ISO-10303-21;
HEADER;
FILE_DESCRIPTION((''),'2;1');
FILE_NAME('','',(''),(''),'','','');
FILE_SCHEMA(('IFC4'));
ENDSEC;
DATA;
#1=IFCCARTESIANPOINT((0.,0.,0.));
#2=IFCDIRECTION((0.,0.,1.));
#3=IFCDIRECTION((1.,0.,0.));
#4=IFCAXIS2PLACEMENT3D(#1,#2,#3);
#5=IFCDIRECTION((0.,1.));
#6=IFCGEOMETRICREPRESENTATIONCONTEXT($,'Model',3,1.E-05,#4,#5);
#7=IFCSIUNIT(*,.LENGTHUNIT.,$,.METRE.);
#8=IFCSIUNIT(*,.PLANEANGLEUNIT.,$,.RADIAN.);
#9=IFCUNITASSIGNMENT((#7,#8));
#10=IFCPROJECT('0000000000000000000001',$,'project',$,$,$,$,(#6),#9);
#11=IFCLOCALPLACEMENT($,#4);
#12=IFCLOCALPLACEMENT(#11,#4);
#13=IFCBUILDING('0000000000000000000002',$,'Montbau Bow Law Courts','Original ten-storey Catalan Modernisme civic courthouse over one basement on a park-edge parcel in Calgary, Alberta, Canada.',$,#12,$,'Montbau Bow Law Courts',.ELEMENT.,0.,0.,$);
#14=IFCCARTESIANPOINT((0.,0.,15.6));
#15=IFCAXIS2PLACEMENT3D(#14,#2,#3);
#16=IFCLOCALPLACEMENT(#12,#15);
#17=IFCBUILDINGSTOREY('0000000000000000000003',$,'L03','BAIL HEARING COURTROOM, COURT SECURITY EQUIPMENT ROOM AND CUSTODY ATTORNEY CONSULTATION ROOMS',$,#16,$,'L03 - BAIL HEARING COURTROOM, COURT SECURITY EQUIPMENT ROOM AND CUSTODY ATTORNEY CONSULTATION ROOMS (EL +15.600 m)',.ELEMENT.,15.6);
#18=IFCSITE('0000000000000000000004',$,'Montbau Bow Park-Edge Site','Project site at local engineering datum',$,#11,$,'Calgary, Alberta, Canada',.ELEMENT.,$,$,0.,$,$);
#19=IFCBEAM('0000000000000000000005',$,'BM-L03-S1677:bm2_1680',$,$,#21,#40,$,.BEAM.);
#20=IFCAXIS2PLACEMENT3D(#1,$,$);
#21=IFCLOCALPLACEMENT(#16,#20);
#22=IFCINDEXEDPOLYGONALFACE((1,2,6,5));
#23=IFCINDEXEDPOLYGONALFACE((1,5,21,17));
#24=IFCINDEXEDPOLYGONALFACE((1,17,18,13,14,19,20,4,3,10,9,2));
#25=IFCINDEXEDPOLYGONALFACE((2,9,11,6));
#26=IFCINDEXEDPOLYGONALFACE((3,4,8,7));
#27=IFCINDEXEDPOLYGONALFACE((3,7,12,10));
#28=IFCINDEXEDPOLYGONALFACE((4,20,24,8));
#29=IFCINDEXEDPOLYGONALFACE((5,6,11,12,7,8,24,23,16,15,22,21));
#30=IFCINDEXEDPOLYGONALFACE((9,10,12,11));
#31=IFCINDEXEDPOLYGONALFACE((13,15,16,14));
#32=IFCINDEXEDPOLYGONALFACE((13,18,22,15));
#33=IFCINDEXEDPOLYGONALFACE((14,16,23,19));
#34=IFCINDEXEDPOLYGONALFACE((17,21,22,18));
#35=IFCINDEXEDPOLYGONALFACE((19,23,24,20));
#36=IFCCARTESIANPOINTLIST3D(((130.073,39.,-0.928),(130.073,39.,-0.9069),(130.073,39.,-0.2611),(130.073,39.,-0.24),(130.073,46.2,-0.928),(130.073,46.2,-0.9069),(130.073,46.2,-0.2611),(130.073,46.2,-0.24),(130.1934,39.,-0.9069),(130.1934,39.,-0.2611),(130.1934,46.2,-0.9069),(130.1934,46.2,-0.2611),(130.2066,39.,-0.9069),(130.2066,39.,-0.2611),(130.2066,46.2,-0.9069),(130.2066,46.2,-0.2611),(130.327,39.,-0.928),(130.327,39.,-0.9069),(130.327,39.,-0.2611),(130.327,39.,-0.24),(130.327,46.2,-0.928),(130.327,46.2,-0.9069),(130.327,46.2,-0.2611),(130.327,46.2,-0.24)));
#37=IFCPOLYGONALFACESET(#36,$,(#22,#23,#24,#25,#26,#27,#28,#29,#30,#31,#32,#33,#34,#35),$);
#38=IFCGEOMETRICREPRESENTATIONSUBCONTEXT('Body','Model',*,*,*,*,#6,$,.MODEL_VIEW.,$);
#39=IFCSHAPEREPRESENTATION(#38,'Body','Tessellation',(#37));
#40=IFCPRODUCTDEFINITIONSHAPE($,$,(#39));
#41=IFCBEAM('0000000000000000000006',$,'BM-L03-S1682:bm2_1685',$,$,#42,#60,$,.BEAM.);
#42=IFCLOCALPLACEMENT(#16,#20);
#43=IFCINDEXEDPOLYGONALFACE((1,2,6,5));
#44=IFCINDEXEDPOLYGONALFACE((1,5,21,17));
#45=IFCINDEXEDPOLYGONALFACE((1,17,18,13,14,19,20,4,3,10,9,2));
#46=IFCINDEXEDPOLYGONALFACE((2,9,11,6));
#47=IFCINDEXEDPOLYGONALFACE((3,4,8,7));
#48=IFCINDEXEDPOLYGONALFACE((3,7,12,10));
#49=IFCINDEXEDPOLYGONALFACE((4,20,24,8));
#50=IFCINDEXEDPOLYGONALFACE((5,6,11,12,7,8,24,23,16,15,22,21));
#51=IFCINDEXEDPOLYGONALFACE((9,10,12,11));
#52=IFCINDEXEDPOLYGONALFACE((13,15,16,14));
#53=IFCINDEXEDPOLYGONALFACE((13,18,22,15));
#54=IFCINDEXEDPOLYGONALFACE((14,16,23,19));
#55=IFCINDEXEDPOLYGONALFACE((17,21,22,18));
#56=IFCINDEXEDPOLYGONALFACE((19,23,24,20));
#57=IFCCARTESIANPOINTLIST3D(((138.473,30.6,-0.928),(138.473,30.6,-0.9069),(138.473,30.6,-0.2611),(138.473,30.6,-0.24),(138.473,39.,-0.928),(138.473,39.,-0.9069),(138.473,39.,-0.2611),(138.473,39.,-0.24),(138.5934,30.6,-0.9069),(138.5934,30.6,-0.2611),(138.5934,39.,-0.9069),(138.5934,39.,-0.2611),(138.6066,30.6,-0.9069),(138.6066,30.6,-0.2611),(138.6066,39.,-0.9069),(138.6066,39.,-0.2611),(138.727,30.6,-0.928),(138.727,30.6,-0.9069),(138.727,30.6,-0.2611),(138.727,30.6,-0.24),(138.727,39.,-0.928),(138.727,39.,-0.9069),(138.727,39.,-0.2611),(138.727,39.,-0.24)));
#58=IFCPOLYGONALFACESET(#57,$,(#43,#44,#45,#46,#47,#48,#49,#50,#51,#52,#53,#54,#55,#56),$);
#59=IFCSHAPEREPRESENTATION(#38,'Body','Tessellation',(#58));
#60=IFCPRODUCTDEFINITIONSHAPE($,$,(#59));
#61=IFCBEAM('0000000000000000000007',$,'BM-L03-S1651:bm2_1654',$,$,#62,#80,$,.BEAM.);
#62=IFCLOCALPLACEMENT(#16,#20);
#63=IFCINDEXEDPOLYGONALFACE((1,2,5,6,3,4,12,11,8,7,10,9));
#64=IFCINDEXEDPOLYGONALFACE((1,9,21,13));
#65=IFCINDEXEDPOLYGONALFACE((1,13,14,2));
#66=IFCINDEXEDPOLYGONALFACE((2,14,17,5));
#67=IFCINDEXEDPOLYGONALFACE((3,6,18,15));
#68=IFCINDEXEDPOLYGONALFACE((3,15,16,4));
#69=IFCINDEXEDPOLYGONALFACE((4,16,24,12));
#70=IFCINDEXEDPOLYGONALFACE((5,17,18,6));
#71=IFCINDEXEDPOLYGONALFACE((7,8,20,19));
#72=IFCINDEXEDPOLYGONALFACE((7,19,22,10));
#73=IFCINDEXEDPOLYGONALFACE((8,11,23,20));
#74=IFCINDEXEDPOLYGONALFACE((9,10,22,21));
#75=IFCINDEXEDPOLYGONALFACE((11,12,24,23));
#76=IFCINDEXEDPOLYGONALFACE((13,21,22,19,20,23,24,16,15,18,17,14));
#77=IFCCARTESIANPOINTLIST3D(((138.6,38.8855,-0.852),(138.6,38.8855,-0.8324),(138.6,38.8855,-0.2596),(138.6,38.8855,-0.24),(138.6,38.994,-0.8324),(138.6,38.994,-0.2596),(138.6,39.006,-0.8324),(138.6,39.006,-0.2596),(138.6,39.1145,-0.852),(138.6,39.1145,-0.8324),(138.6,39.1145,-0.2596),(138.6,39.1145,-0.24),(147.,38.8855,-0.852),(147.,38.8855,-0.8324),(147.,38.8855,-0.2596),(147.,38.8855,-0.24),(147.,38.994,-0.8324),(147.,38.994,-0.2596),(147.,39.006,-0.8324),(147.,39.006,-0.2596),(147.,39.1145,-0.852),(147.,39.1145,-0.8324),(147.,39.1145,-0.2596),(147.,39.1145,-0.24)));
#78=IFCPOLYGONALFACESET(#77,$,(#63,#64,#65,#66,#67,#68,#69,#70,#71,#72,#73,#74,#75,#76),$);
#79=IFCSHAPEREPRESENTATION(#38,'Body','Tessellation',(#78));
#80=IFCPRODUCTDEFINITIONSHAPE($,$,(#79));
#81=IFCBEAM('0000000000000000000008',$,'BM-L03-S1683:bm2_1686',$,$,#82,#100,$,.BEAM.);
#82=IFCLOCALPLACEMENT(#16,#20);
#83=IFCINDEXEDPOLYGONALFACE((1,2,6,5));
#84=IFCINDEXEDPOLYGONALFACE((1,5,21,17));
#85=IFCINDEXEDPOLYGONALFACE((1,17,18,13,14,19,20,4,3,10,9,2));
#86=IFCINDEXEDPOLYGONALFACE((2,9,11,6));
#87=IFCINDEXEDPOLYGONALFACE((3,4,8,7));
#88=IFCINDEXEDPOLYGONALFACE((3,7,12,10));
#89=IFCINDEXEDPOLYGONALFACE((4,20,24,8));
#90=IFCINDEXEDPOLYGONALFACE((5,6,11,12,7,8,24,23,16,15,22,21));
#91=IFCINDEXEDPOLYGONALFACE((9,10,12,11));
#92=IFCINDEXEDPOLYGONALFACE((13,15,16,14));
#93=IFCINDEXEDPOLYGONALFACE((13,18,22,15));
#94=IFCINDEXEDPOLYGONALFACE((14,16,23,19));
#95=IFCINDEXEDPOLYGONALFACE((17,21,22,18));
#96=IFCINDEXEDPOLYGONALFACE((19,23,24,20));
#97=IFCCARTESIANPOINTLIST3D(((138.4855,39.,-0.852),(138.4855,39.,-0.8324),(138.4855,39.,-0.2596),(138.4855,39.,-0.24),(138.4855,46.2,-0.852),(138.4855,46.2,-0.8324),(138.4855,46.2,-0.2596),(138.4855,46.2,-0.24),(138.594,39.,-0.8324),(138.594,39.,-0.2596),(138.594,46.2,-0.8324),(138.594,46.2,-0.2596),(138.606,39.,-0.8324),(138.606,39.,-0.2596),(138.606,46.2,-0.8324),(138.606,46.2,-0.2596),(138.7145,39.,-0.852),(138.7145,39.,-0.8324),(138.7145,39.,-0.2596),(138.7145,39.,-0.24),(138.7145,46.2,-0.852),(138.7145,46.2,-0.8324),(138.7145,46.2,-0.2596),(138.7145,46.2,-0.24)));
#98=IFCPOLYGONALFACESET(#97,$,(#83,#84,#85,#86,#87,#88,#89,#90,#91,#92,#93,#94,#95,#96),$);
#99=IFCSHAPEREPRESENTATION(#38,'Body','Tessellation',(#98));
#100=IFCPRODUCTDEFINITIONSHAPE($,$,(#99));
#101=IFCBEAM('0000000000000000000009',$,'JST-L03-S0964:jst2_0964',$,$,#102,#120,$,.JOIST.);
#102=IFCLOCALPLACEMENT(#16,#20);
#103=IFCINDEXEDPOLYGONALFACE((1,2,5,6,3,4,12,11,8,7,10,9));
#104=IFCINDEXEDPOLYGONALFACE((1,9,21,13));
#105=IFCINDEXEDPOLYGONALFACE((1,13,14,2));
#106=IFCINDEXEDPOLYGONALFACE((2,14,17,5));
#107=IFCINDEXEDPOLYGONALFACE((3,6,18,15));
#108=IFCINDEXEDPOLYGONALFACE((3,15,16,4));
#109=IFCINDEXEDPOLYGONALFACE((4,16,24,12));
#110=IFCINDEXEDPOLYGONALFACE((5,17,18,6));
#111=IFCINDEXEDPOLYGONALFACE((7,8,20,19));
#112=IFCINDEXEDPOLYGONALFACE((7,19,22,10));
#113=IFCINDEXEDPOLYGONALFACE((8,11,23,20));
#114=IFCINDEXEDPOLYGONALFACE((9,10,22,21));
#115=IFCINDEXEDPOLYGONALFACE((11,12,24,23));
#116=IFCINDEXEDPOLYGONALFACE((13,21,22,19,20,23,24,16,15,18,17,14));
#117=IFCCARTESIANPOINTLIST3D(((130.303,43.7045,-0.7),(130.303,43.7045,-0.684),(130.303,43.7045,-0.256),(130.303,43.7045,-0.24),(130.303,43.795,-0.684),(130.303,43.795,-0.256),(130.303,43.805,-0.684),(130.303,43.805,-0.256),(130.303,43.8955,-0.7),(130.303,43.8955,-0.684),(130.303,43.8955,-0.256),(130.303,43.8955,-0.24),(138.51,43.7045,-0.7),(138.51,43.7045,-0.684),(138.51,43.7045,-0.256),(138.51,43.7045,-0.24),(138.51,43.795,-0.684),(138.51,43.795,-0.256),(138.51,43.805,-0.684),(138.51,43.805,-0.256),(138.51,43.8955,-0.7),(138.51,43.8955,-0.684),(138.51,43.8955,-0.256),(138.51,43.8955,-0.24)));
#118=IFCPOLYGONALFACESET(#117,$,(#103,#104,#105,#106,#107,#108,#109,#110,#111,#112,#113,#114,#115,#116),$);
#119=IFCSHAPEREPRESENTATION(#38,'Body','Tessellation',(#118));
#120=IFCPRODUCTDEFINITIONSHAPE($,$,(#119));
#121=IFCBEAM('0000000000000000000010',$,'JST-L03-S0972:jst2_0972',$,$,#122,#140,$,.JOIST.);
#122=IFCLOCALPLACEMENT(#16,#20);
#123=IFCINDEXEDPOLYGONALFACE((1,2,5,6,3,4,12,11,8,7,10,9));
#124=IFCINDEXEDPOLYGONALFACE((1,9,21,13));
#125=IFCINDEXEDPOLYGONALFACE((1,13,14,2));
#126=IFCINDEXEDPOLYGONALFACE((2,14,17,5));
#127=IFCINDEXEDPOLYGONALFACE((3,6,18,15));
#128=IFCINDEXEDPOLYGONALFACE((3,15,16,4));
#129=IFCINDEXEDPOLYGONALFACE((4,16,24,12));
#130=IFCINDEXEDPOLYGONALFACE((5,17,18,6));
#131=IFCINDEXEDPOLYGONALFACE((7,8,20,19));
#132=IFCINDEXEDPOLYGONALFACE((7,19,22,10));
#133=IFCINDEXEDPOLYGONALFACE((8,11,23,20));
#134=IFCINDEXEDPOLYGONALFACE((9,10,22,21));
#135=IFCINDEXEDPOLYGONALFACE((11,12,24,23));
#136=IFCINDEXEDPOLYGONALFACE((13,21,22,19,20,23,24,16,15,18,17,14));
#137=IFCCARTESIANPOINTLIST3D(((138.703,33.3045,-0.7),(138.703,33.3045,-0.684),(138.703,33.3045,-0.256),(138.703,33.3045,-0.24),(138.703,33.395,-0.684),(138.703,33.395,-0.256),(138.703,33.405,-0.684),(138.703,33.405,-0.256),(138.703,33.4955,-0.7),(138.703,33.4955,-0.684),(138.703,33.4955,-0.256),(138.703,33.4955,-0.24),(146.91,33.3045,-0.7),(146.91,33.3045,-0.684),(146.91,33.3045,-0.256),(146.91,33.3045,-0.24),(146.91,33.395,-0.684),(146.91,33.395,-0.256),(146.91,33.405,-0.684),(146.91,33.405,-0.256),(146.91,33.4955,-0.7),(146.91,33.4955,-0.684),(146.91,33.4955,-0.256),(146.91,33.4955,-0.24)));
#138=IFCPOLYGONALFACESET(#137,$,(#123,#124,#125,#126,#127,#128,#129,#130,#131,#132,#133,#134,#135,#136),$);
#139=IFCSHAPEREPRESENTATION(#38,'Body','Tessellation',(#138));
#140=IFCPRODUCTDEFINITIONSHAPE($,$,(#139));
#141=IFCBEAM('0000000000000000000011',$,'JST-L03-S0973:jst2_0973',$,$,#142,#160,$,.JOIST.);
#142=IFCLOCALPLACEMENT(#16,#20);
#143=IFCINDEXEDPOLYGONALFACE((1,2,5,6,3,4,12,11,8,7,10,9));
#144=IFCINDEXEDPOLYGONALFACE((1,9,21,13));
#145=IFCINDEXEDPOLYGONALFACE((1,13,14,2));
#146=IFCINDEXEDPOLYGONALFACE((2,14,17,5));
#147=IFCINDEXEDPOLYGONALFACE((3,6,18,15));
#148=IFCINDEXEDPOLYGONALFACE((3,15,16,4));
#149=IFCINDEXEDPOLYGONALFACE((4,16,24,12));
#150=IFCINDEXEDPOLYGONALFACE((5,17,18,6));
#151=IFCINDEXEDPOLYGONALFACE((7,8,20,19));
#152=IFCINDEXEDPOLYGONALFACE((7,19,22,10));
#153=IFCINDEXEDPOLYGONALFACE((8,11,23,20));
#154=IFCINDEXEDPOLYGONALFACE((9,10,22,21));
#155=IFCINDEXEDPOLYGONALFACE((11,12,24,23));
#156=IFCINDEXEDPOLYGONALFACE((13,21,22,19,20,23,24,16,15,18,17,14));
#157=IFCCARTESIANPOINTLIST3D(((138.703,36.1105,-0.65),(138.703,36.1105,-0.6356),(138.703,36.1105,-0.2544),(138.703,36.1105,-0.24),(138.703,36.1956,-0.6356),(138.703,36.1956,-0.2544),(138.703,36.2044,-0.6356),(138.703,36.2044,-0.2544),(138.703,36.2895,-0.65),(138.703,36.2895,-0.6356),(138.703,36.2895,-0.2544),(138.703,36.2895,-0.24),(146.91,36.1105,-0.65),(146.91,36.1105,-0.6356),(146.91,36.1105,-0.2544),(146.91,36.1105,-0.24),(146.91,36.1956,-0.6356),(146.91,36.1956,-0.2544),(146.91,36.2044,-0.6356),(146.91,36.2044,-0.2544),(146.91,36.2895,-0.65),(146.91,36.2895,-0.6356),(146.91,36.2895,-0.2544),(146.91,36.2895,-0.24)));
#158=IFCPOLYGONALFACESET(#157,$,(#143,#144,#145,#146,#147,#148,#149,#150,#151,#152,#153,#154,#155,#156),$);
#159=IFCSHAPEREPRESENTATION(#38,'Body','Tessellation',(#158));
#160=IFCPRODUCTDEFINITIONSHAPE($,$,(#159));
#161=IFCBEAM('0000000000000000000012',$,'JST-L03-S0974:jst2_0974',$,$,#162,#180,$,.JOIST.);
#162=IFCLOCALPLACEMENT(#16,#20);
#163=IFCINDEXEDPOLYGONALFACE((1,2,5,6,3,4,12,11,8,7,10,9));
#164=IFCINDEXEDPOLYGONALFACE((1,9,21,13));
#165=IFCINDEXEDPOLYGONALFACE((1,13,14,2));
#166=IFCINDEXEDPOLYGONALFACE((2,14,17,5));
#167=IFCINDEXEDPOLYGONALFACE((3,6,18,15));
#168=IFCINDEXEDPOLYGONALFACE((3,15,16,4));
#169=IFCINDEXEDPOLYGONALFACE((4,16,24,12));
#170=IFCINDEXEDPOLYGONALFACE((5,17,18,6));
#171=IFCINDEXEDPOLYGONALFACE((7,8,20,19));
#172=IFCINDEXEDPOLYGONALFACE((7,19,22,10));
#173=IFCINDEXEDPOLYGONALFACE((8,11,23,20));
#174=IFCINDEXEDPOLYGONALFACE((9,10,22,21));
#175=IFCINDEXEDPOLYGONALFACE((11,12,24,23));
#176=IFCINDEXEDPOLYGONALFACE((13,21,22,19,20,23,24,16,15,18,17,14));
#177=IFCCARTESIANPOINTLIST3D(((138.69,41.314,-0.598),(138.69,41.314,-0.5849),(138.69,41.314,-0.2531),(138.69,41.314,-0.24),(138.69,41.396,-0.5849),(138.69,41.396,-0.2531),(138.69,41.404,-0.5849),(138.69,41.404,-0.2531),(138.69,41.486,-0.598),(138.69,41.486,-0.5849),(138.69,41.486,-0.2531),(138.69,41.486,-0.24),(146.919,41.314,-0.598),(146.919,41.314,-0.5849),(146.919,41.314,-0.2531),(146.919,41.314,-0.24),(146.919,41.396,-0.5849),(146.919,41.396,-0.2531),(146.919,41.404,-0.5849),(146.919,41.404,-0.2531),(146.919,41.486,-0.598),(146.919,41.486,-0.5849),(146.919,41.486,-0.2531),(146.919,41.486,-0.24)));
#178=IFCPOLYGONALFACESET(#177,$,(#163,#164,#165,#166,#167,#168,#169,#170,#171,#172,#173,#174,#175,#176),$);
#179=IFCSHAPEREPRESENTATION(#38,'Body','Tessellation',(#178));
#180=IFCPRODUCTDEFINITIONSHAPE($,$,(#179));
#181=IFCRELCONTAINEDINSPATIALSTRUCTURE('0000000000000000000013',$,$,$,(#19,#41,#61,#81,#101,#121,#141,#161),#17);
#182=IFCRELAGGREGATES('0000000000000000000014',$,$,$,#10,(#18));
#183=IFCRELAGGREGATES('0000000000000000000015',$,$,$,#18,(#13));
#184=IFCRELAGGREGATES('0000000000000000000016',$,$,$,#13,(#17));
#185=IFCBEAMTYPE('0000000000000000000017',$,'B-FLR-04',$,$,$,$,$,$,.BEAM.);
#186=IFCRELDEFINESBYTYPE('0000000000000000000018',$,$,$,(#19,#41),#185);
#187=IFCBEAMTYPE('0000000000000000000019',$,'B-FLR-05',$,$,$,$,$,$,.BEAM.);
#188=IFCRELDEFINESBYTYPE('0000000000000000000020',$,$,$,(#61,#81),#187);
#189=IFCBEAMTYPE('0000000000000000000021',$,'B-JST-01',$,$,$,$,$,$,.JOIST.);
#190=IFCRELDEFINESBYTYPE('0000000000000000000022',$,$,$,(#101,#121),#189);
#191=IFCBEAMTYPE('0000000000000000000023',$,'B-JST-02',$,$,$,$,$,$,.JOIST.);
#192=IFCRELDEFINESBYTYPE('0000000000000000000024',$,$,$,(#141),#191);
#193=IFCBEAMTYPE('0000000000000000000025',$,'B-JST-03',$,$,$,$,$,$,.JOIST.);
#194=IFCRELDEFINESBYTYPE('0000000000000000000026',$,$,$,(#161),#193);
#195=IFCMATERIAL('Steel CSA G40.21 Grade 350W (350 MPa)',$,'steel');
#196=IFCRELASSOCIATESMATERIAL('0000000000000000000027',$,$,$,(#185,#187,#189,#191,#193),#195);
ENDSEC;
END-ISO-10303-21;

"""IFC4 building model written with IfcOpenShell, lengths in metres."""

from ifc_helpers import new_model, si_unit, direction, frame, origin_with_axes, origin_2d_with_axis, place, context, subcontext, project, spatial, i_section, extrude, material, material_profile, profile_set, type_object, element, save


model = new_model("IFC4")

# Units and contexts
model_context = context("Model", 3, precision=1e-05, world=origin_with_axes(), true_north=direction((0.0, 1.0)))
body_context = subcontext(model_context, "Body", "Model", "MODEL_VIEW")
ifc_project = project(units=[si_unit("LENGTHUNIT", "METRE"), si_unit("PLANEANGLEUNIT", "RADIAN")], contexts=[model_context])

# Site, building, storey
site_placement = place(None, origin_with_axes())
site = spatial("IfcSite", under=ifc_project, at=site_placement, Name="Montbau Bow Park-Edge Site", Description="Project site at local engineering datum", LongName="Calgary, Alberta, Canada", CompositionType="ELEMENT", RefElevation=0.0)
building_placement = place(site_placement, origin_with_axes())
building = spatial("IfcBuilding", under=site, at=building_placement, Name="Montbau Bow Law Courts", Description="Original ten-storey Catalan Modernisme civic courthouse over one basement on a park-edge parcel in Calgary, Alberta, Canada.", LongName="Montbau Bow Law Courts", CompositionType="ELEMENT", ElevationOfRefHeight=0.0, ElevationOfTerrain=0.0)
storey_placement = place(building_placement, frame((0.0, 0.0, 15.6), z_axis=(0.0, 0.0, 1.0), x_axis=(1.0, 0.0, 0.0)))
storey = spatial("IfcBuildingStorey", under=building, at=storey_placement, Name="L03", Description="BAIL HEARING COURTROOM, COURT SECURITY EQUIPMENT ROOM AND CUSTODY ATTORNEY CONSULTATION ROOMS", LongName="L03 - BAIL HEARING COURTROOM, COURT SECURITY EQUIPMENT ROOM AND CUSTODY ATTORNEY CONSULTATION ROOMS (EL +15.600 m)", CompositionType="ELEMENT", Elevation=15.6)

# Shared definitions
ifc_material_1 = material(Name="Steel CSA G40.21 Grade 350W (350 MPa)", Category="steel")

# Beams
ifc_material_profile_1 = material_profile(ifc_material_1, i_section(OverallWidth=0.254, OverallDepth=0.688, WebThickness=0.0131, FlangeThickness=0.0211, at=origin_2d_with_axis()), Name="W690X152", Category="Main", Priority=0)
ifc_profile_set_1 = profile_set([ifc_material_profile_1], Name="Steel CSA G40.21 Grade 350W (350 MPa)")
beam_type_1 = type_object("IfcBeamType", Name="B-FLR-04", PredefinedType="BEAM", material=ifc_profile_set_1)
beam_1_placement = place(None, frame((130.2, 39.0, 15.016), z_axis=(0.0, 1.0, 0.0), x_axis=(-1.0, 0.0, 0.0)))
element("IfcBeam", 1, at=beam_1_placement, inside=storey, type_object=beam_type_1, Name="BM-L03-S1677:bm2_1680", PredefinedType="BEAM", context=body_context, shape_type="SweptSolid", body=[
    extrude(i_section(OverallWidth=0.254, OverallDepth=0.688, WebThickness=0.0131, FlangeThickness=0.0211, at=origin_2d_with_axis()), origin_with_axes(), (0.0, 0.0, 1.0), 7.2),
])
beam_2_placement = place(None, frame((138.6, 30.6, 15.016), z_axis=(0.0, 1.0, 0.0), x_axis=(-1.0, 0.0, 0.0)))
element("IfcBeam", 2, at=beam_2_placement, inside=storey, type_object=beam_type_1, Name="BM-L03-S1682:bm2_1685", PredefinedType="BEAM", context=body_context, shape_type="SweptSolid", body=[
    extrude(i_section(OverallWidth=0.254, OverallDepth=0.688, WebThickness=0.0131, FlangeThickness=0.0211, at=origin_2d_with_axis()), origin_with_axes(), (0.0, 0.0, 1.0), 8.4),
])
ifc_material_profile_2 = material_profile(ifc_material_1, i_section(OverallWidth=0.229, OverallDepth=0.612, WebThickness=0.0119, FlangeThickness=0.0196, at=origin_2d_with_axis()), Name="W610X125", Category="Main", Priority=0)
ifc_profile_set_2 = profile_set([ifc_material_profile_2], Name="Steel CSA G40.21 Grade 350W (350 MPa)")
beam_type_2 = type_object("IfcBeamType", Name="B-FLR-05", PredefinedType="BEAM", material=ifc_profile_set_2)
beam_3_placement = place(None, frame((138.6, 39.0, 15.054), z_axis=(1.0, 0.0, 0.0), x_axis=(0.0, 1.0, 0.0)))
element("IfcBeam", 3, at=beam_3_placement, inside=storey, type_object=beam_type_2, Name="BM-L03-S1651:bm2_1654", PredefinedType="BEAM", context=body_context, shape_type="SweptSolid", body=[
    extrude(i_section(OverallWidth=0.229, OverallDepth=0.612, WebThickness=0.0119, FlangeThickness=0.0196, at=origin_2d_with_axis()), origin_with_axes(), (0.0, 0.0, 1.0), 8.4),
])
beam_4_placement = place(None, frame((138.6, 39.0, 15.054), z_axis=(0.0, 1.0, 0.0), x_axis=(-1.0, 0.0, 0.0)))
element("IfcBeam", 4, at=beam_4_placement, inside=storey, type_object=beam_type_2, Name="BM-L03-S1683:bm2_1686", PredefinedType="BEAM", context=body_context, shape_type="SweptSolid", body=[
    extrude(i_section(OverallWidth=0.229, OverallDepth=0.612, WebThickness=0.0119, FlangeThickness=0.0196, at=origin_2d_with_axis()), origin_with_axes(), (0.0, 0.0, 1.0), 7.2),
])
ifc_material_profile_3 = material_profile(ifc_material_1, i_section(OverallWidth=0.191, OverallDepth=0.46, WebThickness=0.0099, FlangeThickness=0.016, at=origin_2d_with_axis()), Name="W460X82", Category="Main", Priority=0)
ifc_profile_set_3 = profile_set([ifc_material_profile_3], Name="Steel CSA G40.21 Grade 350W (350 MPa)")
beam_type_3 = type_object("IfcBeamType", Name="B-JST-01", PredefinedType="JOIST", material=ifc_profile_set_3)
for number, where, z_axis, x_axis, name in (
    (5, (130.303, 43.8, 15.13), (1.0, 0.0, 0.0), (0.0, 1.0, 0.0), "JST-L03-S0964:jst2_0964"),
    (6, (138.703, 33.4, 15.13), (1.0, 0.0, 0.0), (0.0, 1.0, 0.0), "JST-L03-S0972:jst2_0972"),
):
    element("IfcBeam", number, at=place(None, frame(where, z_axis=z_axis, x_axis=x_axis)), inside=storey, type_object=beam_type_3, Name=name, PredefinedType="JOIST", context=body_context, shape_type="SweptSolid", body=[
        extrude(i_section(OverallWidth=0.191, OverallDepth=0.46, WebThickness=0.0099, FlangeThickness=0.016, at=origin_2d_with_axis()), origin_with_axes(), (0.0, 0.0, 1.0), 8.207),
    ])
ifc_material_profile_4 = material_profile(ifc_material_1, i_section(OverallWidth=0.179, OverallDepth=0.41, WebThickness=0.0088, FlangeThickness=0.0144, at=origin_2d_with_axis()), Name="W410X67", Category="Main", Priority=0)
ifc_profile_set_4 = profile_set([ifc_material_profile_4], Name="Steel CSA G40.21 Grade 350W (350 MPa)")
beam_type_4 = type_object("IfcBeamType", Name="B-JST-02", PredefinedType="JOIST", material=ifc_profile_set_4)
beam_5_placement = place(None, frame((138.703, 36.2, 15.155), z_axis=(1.0, 0.0, 0.0), x_axis=(0.0, 1.0, 0.0)))
element("IfcBeam", 7, at=beam_5_placement, inside=storey, type_object=beam_type_4, Name="JST-L03-S0973:jst2_0973", PredefinedType="JOIST", context=body_context, shape_type="SweptSolid", body=[
    extrude(i_section(OverallWidth=0.179, OverallDepth=0.41, WebThickness=0.0088, FlangeThickness=0.0144, at=origin_2d_with_axis()), origin_with_axes(), (0.0, 0.0, 1.0), 8.207),
])
ifc_material_profile_5 = material_profile(ifc_material_1, i_section(OverallWidth=0.172, OverallDepth=0.358, WebThickness=0.0079, FlangeThickness=0.0131, at=origin_2d_with_axis()), Name="W360X57", Category="Main", Priority=0)
ifc_profile_set_5 = profile_set([ifc_material_profile_5], Name="Steel CSA G40.21 Grade 350W (350 MPa)")
beam_type_5 = type_object("IfcBeamType", Name="B-JST-03", PredefinedType="JOIST", material=ifc_profile_set_5)
beam_6_placement = place(None, frame((138.69, 41.4, 15.181), z_axis=(1.0, 0.0, 0.0), x_axis=(0.0, 1.0, 0.0)))
element("IfcBeam", 8, at=beam_6_placement, inside=storey, type_object=beam_type_5, Name="JST-L03-S0974:jst2_0974", PredefinedType="JOIST", context=body_context, shape_type="SweptSolid", body=[
    extrude(i_section(OverallWidth=0.172, OverallDepth=0.358, WebThickness=0.0079, FlangeThickness=0.0131, at=origin_2d_with_axis()), origin_with_axes(), (0.0, 0.0, 1.0), 8.229),
])

save(model, "model.ifc")
